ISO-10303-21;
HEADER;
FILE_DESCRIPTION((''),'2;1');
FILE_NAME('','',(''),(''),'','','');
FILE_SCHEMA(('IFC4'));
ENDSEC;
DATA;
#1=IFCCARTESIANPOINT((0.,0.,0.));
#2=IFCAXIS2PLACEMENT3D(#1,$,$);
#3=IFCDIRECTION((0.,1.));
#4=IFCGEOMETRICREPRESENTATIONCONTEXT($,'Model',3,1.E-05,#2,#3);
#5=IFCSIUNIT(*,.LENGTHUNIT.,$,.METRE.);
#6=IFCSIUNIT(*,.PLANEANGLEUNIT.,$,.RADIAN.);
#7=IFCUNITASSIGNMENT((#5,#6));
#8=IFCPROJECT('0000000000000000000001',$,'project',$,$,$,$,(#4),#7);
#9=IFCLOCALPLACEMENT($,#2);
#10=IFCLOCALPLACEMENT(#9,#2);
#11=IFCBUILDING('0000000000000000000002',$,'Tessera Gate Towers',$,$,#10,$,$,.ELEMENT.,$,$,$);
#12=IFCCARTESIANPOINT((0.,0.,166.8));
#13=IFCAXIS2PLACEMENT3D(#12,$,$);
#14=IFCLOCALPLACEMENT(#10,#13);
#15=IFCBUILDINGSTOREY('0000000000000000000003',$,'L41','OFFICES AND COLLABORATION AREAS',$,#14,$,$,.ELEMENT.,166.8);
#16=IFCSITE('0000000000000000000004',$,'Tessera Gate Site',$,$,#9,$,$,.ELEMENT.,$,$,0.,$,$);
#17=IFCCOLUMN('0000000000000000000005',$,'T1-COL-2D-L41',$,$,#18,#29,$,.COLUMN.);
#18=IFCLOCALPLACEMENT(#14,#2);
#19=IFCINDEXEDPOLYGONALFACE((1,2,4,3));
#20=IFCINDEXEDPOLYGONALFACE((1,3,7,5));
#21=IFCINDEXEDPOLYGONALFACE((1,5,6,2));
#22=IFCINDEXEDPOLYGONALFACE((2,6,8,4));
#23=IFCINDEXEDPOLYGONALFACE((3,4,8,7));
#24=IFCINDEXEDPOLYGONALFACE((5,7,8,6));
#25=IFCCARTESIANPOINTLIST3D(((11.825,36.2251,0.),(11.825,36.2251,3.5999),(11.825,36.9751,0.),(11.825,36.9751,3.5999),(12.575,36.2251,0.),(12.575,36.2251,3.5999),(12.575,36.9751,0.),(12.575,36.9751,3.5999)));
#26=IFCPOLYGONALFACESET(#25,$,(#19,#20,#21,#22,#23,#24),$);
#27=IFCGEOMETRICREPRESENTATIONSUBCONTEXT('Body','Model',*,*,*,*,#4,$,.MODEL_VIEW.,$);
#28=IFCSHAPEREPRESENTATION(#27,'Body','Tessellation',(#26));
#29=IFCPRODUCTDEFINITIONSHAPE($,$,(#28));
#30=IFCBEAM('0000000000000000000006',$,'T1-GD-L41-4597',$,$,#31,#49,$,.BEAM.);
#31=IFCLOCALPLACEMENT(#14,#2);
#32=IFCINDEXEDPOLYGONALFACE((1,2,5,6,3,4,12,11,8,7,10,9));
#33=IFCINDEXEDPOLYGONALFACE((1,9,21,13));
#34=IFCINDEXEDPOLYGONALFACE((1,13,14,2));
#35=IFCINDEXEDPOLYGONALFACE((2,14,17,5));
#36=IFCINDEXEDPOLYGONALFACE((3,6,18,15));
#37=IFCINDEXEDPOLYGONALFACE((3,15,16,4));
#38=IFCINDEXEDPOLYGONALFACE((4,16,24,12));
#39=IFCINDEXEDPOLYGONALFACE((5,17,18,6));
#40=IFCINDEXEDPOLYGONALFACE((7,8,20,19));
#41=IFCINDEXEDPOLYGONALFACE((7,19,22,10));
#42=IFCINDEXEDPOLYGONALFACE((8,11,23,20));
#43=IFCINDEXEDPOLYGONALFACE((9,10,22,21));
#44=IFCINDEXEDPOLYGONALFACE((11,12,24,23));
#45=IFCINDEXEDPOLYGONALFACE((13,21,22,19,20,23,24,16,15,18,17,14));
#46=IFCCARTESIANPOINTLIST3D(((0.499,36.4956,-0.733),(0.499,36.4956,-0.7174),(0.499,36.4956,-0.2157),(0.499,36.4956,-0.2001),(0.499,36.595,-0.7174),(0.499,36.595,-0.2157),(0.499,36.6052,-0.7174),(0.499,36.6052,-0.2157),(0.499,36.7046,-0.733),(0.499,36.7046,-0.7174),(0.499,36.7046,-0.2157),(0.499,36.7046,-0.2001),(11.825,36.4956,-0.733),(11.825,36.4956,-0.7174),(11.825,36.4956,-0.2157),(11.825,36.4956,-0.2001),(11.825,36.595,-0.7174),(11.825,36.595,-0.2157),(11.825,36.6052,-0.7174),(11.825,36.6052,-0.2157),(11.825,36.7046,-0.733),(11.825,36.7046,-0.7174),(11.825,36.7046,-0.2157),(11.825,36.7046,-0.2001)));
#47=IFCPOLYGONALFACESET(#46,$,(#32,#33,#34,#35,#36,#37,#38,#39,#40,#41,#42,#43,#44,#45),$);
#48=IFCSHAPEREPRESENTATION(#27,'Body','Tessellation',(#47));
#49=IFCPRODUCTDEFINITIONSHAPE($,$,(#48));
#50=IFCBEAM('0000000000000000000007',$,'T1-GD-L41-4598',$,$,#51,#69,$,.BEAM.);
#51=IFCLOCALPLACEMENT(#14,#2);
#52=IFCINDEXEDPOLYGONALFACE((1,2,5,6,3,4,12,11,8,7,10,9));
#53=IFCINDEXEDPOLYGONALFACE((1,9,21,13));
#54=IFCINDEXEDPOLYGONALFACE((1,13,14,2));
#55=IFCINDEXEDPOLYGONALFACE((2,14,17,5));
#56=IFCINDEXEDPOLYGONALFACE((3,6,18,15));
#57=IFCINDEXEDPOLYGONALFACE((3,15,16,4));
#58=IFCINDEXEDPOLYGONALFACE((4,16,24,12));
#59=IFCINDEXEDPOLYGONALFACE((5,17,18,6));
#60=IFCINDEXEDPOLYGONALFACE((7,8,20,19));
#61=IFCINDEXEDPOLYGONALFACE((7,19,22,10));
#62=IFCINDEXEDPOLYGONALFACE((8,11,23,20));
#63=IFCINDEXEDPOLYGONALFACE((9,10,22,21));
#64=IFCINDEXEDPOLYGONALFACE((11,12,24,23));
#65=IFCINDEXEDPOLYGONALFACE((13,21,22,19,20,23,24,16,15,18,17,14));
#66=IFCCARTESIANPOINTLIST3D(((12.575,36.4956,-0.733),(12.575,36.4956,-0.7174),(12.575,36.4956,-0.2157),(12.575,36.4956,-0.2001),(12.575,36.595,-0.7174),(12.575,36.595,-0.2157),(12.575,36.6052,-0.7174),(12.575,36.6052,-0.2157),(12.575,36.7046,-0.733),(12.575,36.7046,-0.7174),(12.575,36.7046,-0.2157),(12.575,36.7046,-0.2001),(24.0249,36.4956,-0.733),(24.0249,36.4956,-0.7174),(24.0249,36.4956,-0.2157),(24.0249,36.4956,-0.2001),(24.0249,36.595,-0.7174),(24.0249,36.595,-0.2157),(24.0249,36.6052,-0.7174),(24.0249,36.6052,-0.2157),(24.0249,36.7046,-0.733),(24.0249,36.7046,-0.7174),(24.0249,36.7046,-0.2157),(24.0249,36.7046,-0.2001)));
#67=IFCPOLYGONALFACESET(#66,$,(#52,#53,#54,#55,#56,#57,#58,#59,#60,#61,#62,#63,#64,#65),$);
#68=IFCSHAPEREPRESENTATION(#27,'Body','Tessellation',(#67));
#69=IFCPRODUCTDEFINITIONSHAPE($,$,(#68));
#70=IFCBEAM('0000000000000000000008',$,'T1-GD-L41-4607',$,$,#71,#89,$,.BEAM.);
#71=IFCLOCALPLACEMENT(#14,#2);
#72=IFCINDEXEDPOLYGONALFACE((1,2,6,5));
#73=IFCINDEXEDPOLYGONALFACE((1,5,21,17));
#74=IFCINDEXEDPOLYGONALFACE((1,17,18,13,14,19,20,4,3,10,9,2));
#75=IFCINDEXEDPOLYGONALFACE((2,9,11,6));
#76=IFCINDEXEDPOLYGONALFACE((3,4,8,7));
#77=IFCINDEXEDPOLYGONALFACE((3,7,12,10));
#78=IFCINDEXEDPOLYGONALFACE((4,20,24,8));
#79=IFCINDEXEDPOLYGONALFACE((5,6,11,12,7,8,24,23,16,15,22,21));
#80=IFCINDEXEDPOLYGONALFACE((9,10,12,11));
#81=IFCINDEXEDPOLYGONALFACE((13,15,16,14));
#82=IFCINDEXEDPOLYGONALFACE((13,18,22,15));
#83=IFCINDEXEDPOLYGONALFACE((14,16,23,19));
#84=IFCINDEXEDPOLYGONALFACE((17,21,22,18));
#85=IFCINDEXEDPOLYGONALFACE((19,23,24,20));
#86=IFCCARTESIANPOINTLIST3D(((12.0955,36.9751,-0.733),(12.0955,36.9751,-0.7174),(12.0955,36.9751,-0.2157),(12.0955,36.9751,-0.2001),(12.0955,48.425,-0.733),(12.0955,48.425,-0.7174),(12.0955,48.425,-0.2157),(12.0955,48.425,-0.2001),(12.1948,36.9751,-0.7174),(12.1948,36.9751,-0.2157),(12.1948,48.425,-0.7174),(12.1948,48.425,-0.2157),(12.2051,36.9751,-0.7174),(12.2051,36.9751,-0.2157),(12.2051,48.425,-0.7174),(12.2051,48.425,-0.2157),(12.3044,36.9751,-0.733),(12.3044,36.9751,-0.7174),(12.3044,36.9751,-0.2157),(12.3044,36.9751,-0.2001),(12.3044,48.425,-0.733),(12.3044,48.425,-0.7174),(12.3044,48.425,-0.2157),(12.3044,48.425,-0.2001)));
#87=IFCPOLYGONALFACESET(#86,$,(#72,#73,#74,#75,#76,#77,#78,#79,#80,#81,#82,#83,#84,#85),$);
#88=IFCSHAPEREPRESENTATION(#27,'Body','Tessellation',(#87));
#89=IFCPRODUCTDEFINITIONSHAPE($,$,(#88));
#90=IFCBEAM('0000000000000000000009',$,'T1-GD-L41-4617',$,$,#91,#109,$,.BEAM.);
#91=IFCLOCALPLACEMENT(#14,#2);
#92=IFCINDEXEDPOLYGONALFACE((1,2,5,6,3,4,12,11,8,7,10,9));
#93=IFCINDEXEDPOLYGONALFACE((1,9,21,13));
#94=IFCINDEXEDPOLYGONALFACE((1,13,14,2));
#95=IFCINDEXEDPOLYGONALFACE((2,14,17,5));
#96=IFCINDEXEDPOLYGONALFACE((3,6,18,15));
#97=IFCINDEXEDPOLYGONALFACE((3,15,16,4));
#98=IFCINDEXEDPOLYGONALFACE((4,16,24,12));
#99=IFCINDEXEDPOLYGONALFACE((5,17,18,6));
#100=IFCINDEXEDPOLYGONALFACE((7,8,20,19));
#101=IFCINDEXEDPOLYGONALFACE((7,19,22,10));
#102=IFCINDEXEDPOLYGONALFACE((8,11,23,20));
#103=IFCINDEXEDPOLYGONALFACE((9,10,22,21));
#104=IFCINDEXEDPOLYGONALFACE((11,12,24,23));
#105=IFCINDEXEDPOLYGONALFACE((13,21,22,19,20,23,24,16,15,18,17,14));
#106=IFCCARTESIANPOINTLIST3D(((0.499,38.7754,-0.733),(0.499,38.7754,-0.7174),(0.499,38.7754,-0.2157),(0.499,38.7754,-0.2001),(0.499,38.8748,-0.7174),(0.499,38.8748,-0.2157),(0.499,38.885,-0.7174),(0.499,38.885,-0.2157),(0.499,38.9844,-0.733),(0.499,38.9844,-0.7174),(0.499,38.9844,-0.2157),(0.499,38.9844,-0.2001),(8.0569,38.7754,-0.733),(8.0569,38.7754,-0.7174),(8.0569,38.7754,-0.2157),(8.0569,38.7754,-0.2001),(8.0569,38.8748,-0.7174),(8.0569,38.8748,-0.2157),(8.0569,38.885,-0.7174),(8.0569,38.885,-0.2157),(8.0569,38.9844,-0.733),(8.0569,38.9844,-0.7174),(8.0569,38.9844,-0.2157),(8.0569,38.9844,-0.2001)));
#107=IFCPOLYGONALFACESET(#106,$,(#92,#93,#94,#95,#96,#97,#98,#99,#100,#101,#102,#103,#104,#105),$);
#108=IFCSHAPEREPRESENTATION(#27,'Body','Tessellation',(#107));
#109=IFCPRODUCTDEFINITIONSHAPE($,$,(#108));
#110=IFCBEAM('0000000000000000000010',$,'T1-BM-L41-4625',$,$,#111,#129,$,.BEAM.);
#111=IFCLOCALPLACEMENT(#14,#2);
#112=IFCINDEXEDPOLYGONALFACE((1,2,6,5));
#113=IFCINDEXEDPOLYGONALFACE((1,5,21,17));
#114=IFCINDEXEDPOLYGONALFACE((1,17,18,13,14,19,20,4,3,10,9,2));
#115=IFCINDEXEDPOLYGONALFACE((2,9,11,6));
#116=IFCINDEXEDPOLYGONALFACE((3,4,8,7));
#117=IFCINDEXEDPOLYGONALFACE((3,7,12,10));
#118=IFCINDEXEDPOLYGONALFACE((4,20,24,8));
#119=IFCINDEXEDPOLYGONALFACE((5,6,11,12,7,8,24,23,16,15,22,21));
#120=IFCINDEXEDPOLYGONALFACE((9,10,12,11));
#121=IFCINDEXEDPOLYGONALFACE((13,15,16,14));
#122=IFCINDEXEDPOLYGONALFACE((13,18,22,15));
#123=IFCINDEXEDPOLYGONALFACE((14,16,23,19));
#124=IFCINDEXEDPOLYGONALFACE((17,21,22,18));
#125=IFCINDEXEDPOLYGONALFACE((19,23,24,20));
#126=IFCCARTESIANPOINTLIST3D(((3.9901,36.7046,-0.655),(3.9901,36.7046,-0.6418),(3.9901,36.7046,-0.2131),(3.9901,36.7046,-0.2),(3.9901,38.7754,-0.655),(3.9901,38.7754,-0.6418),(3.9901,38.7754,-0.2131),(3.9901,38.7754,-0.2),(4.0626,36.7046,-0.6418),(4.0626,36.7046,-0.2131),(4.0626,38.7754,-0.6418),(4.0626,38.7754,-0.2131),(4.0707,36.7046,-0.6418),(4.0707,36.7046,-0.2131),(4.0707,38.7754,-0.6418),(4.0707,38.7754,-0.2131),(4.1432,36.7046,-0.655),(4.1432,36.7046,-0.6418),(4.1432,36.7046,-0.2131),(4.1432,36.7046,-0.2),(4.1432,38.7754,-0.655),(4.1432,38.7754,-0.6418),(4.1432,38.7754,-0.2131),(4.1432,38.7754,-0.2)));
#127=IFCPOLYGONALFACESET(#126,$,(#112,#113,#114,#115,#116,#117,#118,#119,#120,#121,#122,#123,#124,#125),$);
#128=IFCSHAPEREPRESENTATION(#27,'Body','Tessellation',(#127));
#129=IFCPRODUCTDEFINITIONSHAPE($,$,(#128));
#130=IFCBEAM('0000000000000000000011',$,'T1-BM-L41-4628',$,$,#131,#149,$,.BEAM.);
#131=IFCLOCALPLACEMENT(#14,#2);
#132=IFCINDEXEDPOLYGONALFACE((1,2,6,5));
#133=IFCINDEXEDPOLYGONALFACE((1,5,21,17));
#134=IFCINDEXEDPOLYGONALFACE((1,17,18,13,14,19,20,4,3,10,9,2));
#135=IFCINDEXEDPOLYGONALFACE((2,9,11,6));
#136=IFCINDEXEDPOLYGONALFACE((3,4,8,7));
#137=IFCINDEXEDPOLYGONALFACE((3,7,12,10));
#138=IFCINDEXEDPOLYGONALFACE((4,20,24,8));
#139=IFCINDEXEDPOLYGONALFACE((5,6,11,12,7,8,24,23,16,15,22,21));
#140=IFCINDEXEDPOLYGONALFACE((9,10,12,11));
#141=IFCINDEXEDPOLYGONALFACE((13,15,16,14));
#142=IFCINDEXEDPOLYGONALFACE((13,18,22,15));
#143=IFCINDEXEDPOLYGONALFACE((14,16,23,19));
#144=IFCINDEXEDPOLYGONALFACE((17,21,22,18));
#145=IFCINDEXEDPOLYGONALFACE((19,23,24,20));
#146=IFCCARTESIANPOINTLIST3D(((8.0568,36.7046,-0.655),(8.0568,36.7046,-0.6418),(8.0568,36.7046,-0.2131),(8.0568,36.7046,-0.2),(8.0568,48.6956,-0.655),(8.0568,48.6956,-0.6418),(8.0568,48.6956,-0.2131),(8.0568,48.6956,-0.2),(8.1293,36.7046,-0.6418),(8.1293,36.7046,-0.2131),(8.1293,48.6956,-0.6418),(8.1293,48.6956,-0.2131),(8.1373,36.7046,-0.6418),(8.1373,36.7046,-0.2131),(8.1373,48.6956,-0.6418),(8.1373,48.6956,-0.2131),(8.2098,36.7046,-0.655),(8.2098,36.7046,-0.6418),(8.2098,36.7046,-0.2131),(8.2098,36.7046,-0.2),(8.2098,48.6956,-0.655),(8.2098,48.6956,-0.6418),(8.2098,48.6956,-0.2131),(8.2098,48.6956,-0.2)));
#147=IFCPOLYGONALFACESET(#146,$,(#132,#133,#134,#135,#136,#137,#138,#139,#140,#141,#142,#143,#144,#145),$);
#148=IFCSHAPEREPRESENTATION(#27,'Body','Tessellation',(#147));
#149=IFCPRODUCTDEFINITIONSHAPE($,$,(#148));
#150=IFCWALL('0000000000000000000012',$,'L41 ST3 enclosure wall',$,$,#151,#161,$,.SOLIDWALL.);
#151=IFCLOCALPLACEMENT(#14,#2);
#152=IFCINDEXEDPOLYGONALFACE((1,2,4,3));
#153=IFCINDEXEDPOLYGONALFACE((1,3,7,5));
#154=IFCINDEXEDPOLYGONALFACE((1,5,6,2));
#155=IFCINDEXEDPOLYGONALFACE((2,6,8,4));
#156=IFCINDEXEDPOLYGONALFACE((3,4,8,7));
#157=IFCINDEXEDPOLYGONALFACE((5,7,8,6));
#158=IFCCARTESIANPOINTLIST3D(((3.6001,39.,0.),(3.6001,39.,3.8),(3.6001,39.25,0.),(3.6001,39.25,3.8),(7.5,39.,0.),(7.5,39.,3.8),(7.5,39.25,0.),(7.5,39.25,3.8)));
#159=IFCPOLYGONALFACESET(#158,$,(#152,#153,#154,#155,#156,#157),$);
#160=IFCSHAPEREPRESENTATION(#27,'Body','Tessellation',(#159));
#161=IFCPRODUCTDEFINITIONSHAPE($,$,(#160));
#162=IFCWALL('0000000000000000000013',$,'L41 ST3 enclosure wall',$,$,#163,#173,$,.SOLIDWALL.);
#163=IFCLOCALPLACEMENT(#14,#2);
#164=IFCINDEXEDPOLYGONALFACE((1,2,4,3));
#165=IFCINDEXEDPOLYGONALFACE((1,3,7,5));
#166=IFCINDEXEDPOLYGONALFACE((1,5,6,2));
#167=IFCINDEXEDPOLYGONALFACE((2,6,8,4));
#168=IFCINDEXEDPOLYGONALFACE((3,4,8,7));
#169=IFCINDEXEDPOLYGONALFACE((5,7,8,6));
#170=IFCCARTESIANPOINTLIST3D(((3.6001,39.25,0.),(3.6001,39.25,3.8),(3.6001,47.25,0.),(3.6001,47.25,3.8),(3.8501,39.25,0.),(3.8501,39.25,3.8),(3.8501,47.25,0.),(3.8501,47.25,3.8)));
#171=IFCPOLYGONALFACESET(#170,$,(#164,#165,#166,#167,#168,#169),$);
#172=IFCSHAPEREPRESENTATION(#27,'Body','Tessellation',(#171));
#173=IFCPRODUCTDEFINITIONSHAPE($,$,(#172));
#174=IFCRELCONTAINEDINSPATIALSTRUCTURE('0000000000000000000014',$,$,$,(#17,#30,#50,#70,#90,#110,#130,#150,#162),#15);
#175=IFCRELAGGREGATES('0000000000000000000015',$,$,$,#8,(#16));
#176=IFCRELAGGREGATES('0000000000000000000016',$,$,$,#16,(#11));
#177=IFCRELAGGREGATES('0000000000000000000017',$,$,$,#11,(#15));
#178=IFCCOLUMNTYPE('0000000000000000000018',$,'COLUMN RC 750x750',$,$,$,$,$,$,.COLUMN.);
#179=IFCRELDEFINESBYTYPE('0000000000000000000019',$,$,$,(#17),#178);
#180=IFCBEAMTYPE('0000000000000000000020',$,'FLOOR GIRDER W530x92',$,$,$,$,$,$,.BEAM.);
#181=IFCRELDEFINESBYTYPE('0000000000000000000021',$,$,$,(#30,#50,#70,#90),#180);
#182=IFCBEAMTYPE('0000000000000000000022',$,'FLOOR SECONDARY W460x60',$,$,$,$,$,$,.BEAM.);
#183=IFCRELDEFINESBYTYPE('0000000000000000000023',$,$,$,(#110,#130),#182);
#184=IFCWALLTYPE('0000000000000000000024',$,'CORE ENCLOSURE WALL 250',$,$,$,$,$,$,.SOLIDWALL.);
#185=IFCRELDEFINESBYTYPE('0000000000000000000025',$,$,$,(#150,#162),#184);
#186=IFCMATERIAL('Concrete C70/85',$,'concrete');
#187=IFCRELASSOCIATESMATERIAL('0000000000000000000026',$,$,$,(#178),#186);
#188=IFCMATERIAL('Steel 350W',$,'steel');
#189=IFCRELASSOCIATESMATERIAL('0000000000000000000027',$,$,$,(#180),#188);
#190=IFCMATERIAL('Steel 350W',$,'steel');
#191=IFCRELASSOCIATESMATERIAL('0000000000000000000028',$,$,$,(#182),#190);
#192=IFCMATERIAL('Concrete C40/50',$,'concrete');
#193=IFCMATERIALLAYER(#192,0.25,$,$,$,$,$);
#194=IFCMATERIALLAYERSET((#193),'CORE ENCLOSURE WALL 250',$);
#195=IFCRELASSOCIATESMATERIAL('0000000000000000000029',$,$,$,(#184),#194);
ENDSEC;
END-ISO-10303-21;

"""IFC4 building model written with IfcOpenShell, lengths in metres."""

from ifc_helpers import new_model, si_unit, direction, frame, frame_2d, origin, origin_2d, place, context, subcontext, project, spatial, rectangle, i_section, extrude, material, layer, layer_set, material_profile, profile_set, type_object, element, save


model = new_model("IFC4")

# Units and contexts
model_context = context("Model", 3, precision=1e-05, world=origin(), true_north=direction((0.0, 1.0)))
body_context = subcontext(model_context, "Body", "Model", "MODEL_VIEW")
ifc_project = project(units=[si_unit("LENGTHUNIT", "METRE"), si_unit("PLANEANGLEUNIT", "RADIAN")], contexts=[model_context])

# Site, building, storey
site_placement = place(None, origin())
site = spatial("IfcSite", under=ifc_project, at=site_placement, Name="Tessera Gate Site", CompositionType="ELEMENT", RefElevation=0.0)
building_placement = place(site_placement, origin())
building = spatial("IfcBuilding", under=site, at=building_placement, Name="Tessera Gate Towers", CompositionType="ELEMENT")
storey_placement = place(building_placement, frame((0.0, 0.0, 166.8)))
storey = spatial("IfcBuildingStorey", under=building, at=storey_placement, Name="L41", Description="OFFICES AND COLLABORATION AREAS", CompositionType="ELEMENT", Elevation=166.8)

# Column
ifc_material_1 = material(Name="Concrete C70/85", Category="concrete")
ifc_material_profile_1 = material_profile(ifc_material_1, rectangle(XDim=0.75, YDim=0.75, at=origin_2d()), Name="RC 750x750")
ifc_profile_set_1 = profile_set([ifc_material_profile_1], Name="Concrete C70/85")
column_type = type_object("IfcColumnType", Name="COLUMN RC 750x750", PredefinedType="COLUMN", material=ifc_profile_set_1)
column_placement = place(storey_placement, frame((12.2, 36.6001, 0.0), z_axis=(0.0, 0.0, 1.0), x_axis=(1.0, 0.0, 0.0)))
element("IfcColumn", 1, at=column_placement, inside=storey, type_object=column_type, Name="T1-COL-2D-L41", PredefinedType="COLUMN", context=body_context, shape_type="SweptSolid", body=[
    extrude(rectangle(XDim=0.75, YDim=0.75, at=origin_2d()), origin(), (0.0, 0.0, 1.0), 3.5999),
])

# Beams
ifc_material_2 = material(Name="Steel 350W", Category="steel")
ifc_material_profile_2 = material_profile(ifc_material_2, i_section(OverallWidth=0.209, OverallDepth=0.533, WebThickness=0.0103, FlangeThickness=0.0156, at=origin_2d()), Name="W530x92")
ifc_profile_set_2 = profile_set([ifc_material_profile_2], Name="Steel 350W")
beam_type_1 = type_object("IfcBeamType", Name="FLOOR GIRDER W530x92", PredefinedType="BEAM", material=ifc_profile_set_2)
beam_1_placement = place(storey_placement, frame((0.499, 36.6001, -0.4666), z_axis=(1.0, 0.0, 0.0), x_axis=(0.0, 1.0, 0.0)))
element("IfcBeam", 2, at=beam_1_placement, inside=storey, type_object=beam_type_1, Name="T1-GD-L41-4597", PredefinedType="BEAM", context=body_context, shape_type="SweptSolid", body=[
    extrude(i_section(OverallWidth=0.209, OverallDepth=0.533, WebThickness=0.0103, FlangeThickness=0.0156, at=origin_2d()), origin(), (0.0, 0.0, 1.0), 11.3259),
])
for number, where, z_axis, x_axis, name in (
    (3, (12.575, 36.6001, -0.4666), (1.0, 0.0, 0.0), (0.0, 1.0, 0.0), "T1-GD-L41-4598"),
    (4, (12.2, 36.9751, -0.4666), (0.0, 1.0, 0.0), (-1.0, 0.0, 0.0), "T1-GD-L41-4607"),
):
    element("IfcBeam", number, at=place(storey_placement, frame(where, z_axis=z_axis, x_axis=x_axis)), inside=storey, type_object=beam_type_1, Name=name, PredefinedType="BEAM", context=body_context, shape_type="SweptSolid", body=[
        extrude(i_section(OverallWidth=0.209, OverallDepth=0.533, WebThickness=0.0103, FlangeThickness=0.0156, at=origin_2d()), origin(), (0.0, 0.0, 1.0), 11.45),
    ])
beam_2_placement = place(storey_placement, frame((0.499, 38.8799, -0.4666), z_axis=(1.0, 0.0, 0.0), x_axis=(0.0, 1.0, 0.0)))
element("IfcBeam", 5, at=beam_2_placement, inside=storey, type_object=beam_type_1, Name="T1-GD-L41-4617", PredefinedType="BEAM", context=body_context, shape_type="SweptSolid", body=[
    extrude(i_section(OverallWidth=0.209, OverallDepth=0.533, WebThickness=0.0103, FlangeThickness=0.0156, at=origin_2d()), origin(), (0.0, 0.0, 1.0), 7.5579),
])
ifc_material_3 = material(Name="Steel 350W", Category="steel")
ifc_material_profile_3 = material_profile(ifc_material_3, i_section(OverallWidth=0.1531, OverallDepth=0.4551, WebThickness=0.0081, FlangeThickness=0.0132, at=origin_2d()), Name="W460x60")
ifc_profile_set_3 = profile_set([ifc_material_profile_3], Name="Steel 350W")
beam_type_2 = type_object("IfcBeamType", Name="FLOOR SECONDARY W460x60", PredefinedType="BEAM", material=ifc_profile_set_3)
beam_3_placement = place(storey_placement, frame((4.0667, 36.7046, -0.4275), z_axis=(0.0, 1.0, 0.0), x_axis=(-1.0, 0.0, 0.0)))
element("IfcBeam", 6, at=beam_3_placement, inside=storey, type_object=beam_type_2, Name="T1-BM-L41-4625", PredefinedType="BEAM", context=body_context, shape_type="SweptSolid", body=[
    extrude(i_section(OverallWidth=0.1531, OverallDepth=0.4551, WebThickness=0.0081, FlangeThickness=0.0132, at=origin_2d()), origin(), (0.0, 0.0, 1.0), 2.0708),
])
beam_4_placement = place(storey_placement, frame((8.1333, 36.7046, -0.4275), z_axis=(0.0, 1.0, 0.0), x_axis=(-1.0, 0.0, 0.0)))
element("IfcBeam", 7, at=beam_4_placement, inside=storey, type_object=beam_type_2, Name="T1-BM-L41-4628", PredefinedType="BEAM", context=body_context, shape_type="SweptSolid", body=[
    extrude(i_section(OverallWidth=0.1531, OverallDepth=0.4551, WebThickness=0.0081, FlangeThickness=0.0132, at=origin_2d()), origin(), (0.0, 0.0, 1.0), 11.991),
])

# Walls
ifc_material_4 = material(Name="Concrete C40/50", Category="concrete")
ifc_layer_1 = layer(ifc_material_4, 0.25)
ifc_layer_set_1 = layer_set([ifc_layer_1], Name="CORE ENCLOSURE WALL 250")
wall_type_1 = type_object("IfcWallType", Name="CORE ENCLOSURE WALL 250", PredefinedType="SOLIDWALL", material=ifc_layer_set_1)
wall_1_placement = place(storey_placement, frame((7.5, 39.125, 0.0), z_axis=(0.0, 0.0, 1.0), x_axis=(-1.0, 0.0, 0.0)))
element("IfcWall", 8, at=wall_1_placement, inside=storey, type_object=wall_type_1, Name="L41 ST3 enclosure wall", PredefinedType="SOLIDWALL", context=body_context, shape_type="SweptSolid", body=[
    extrude(rectangle(XDim=3.8999, YDim=0.25, at=frame_2d((1.95, 0.0))), origin(), (0.0, 0.0, 1.0), 3.8),
])
wall_2_placement = place(storey_placement, frame((3.7251, 39.25, 0.0), z_axis=(0.0, 0.0, 1.0), x_axis=(0.0, 1.0, 0.0)))
element("IfcWall", 9, at=wall_2_placement, inside=storey, type_object=wall_type_1, Name="L41 ST3 enclosure wall", PredefinedType="SOLIDWALL", context=body_context, shape_type="SweptSolid", body=[
    extrude(rectangle(XDim=8.0, YDim=0.25, at=frame_2d((4.0, 0.0))), origin(), (0.0, 0.0, 1.0), 3.8),
])

save(model, "model.ifc")
